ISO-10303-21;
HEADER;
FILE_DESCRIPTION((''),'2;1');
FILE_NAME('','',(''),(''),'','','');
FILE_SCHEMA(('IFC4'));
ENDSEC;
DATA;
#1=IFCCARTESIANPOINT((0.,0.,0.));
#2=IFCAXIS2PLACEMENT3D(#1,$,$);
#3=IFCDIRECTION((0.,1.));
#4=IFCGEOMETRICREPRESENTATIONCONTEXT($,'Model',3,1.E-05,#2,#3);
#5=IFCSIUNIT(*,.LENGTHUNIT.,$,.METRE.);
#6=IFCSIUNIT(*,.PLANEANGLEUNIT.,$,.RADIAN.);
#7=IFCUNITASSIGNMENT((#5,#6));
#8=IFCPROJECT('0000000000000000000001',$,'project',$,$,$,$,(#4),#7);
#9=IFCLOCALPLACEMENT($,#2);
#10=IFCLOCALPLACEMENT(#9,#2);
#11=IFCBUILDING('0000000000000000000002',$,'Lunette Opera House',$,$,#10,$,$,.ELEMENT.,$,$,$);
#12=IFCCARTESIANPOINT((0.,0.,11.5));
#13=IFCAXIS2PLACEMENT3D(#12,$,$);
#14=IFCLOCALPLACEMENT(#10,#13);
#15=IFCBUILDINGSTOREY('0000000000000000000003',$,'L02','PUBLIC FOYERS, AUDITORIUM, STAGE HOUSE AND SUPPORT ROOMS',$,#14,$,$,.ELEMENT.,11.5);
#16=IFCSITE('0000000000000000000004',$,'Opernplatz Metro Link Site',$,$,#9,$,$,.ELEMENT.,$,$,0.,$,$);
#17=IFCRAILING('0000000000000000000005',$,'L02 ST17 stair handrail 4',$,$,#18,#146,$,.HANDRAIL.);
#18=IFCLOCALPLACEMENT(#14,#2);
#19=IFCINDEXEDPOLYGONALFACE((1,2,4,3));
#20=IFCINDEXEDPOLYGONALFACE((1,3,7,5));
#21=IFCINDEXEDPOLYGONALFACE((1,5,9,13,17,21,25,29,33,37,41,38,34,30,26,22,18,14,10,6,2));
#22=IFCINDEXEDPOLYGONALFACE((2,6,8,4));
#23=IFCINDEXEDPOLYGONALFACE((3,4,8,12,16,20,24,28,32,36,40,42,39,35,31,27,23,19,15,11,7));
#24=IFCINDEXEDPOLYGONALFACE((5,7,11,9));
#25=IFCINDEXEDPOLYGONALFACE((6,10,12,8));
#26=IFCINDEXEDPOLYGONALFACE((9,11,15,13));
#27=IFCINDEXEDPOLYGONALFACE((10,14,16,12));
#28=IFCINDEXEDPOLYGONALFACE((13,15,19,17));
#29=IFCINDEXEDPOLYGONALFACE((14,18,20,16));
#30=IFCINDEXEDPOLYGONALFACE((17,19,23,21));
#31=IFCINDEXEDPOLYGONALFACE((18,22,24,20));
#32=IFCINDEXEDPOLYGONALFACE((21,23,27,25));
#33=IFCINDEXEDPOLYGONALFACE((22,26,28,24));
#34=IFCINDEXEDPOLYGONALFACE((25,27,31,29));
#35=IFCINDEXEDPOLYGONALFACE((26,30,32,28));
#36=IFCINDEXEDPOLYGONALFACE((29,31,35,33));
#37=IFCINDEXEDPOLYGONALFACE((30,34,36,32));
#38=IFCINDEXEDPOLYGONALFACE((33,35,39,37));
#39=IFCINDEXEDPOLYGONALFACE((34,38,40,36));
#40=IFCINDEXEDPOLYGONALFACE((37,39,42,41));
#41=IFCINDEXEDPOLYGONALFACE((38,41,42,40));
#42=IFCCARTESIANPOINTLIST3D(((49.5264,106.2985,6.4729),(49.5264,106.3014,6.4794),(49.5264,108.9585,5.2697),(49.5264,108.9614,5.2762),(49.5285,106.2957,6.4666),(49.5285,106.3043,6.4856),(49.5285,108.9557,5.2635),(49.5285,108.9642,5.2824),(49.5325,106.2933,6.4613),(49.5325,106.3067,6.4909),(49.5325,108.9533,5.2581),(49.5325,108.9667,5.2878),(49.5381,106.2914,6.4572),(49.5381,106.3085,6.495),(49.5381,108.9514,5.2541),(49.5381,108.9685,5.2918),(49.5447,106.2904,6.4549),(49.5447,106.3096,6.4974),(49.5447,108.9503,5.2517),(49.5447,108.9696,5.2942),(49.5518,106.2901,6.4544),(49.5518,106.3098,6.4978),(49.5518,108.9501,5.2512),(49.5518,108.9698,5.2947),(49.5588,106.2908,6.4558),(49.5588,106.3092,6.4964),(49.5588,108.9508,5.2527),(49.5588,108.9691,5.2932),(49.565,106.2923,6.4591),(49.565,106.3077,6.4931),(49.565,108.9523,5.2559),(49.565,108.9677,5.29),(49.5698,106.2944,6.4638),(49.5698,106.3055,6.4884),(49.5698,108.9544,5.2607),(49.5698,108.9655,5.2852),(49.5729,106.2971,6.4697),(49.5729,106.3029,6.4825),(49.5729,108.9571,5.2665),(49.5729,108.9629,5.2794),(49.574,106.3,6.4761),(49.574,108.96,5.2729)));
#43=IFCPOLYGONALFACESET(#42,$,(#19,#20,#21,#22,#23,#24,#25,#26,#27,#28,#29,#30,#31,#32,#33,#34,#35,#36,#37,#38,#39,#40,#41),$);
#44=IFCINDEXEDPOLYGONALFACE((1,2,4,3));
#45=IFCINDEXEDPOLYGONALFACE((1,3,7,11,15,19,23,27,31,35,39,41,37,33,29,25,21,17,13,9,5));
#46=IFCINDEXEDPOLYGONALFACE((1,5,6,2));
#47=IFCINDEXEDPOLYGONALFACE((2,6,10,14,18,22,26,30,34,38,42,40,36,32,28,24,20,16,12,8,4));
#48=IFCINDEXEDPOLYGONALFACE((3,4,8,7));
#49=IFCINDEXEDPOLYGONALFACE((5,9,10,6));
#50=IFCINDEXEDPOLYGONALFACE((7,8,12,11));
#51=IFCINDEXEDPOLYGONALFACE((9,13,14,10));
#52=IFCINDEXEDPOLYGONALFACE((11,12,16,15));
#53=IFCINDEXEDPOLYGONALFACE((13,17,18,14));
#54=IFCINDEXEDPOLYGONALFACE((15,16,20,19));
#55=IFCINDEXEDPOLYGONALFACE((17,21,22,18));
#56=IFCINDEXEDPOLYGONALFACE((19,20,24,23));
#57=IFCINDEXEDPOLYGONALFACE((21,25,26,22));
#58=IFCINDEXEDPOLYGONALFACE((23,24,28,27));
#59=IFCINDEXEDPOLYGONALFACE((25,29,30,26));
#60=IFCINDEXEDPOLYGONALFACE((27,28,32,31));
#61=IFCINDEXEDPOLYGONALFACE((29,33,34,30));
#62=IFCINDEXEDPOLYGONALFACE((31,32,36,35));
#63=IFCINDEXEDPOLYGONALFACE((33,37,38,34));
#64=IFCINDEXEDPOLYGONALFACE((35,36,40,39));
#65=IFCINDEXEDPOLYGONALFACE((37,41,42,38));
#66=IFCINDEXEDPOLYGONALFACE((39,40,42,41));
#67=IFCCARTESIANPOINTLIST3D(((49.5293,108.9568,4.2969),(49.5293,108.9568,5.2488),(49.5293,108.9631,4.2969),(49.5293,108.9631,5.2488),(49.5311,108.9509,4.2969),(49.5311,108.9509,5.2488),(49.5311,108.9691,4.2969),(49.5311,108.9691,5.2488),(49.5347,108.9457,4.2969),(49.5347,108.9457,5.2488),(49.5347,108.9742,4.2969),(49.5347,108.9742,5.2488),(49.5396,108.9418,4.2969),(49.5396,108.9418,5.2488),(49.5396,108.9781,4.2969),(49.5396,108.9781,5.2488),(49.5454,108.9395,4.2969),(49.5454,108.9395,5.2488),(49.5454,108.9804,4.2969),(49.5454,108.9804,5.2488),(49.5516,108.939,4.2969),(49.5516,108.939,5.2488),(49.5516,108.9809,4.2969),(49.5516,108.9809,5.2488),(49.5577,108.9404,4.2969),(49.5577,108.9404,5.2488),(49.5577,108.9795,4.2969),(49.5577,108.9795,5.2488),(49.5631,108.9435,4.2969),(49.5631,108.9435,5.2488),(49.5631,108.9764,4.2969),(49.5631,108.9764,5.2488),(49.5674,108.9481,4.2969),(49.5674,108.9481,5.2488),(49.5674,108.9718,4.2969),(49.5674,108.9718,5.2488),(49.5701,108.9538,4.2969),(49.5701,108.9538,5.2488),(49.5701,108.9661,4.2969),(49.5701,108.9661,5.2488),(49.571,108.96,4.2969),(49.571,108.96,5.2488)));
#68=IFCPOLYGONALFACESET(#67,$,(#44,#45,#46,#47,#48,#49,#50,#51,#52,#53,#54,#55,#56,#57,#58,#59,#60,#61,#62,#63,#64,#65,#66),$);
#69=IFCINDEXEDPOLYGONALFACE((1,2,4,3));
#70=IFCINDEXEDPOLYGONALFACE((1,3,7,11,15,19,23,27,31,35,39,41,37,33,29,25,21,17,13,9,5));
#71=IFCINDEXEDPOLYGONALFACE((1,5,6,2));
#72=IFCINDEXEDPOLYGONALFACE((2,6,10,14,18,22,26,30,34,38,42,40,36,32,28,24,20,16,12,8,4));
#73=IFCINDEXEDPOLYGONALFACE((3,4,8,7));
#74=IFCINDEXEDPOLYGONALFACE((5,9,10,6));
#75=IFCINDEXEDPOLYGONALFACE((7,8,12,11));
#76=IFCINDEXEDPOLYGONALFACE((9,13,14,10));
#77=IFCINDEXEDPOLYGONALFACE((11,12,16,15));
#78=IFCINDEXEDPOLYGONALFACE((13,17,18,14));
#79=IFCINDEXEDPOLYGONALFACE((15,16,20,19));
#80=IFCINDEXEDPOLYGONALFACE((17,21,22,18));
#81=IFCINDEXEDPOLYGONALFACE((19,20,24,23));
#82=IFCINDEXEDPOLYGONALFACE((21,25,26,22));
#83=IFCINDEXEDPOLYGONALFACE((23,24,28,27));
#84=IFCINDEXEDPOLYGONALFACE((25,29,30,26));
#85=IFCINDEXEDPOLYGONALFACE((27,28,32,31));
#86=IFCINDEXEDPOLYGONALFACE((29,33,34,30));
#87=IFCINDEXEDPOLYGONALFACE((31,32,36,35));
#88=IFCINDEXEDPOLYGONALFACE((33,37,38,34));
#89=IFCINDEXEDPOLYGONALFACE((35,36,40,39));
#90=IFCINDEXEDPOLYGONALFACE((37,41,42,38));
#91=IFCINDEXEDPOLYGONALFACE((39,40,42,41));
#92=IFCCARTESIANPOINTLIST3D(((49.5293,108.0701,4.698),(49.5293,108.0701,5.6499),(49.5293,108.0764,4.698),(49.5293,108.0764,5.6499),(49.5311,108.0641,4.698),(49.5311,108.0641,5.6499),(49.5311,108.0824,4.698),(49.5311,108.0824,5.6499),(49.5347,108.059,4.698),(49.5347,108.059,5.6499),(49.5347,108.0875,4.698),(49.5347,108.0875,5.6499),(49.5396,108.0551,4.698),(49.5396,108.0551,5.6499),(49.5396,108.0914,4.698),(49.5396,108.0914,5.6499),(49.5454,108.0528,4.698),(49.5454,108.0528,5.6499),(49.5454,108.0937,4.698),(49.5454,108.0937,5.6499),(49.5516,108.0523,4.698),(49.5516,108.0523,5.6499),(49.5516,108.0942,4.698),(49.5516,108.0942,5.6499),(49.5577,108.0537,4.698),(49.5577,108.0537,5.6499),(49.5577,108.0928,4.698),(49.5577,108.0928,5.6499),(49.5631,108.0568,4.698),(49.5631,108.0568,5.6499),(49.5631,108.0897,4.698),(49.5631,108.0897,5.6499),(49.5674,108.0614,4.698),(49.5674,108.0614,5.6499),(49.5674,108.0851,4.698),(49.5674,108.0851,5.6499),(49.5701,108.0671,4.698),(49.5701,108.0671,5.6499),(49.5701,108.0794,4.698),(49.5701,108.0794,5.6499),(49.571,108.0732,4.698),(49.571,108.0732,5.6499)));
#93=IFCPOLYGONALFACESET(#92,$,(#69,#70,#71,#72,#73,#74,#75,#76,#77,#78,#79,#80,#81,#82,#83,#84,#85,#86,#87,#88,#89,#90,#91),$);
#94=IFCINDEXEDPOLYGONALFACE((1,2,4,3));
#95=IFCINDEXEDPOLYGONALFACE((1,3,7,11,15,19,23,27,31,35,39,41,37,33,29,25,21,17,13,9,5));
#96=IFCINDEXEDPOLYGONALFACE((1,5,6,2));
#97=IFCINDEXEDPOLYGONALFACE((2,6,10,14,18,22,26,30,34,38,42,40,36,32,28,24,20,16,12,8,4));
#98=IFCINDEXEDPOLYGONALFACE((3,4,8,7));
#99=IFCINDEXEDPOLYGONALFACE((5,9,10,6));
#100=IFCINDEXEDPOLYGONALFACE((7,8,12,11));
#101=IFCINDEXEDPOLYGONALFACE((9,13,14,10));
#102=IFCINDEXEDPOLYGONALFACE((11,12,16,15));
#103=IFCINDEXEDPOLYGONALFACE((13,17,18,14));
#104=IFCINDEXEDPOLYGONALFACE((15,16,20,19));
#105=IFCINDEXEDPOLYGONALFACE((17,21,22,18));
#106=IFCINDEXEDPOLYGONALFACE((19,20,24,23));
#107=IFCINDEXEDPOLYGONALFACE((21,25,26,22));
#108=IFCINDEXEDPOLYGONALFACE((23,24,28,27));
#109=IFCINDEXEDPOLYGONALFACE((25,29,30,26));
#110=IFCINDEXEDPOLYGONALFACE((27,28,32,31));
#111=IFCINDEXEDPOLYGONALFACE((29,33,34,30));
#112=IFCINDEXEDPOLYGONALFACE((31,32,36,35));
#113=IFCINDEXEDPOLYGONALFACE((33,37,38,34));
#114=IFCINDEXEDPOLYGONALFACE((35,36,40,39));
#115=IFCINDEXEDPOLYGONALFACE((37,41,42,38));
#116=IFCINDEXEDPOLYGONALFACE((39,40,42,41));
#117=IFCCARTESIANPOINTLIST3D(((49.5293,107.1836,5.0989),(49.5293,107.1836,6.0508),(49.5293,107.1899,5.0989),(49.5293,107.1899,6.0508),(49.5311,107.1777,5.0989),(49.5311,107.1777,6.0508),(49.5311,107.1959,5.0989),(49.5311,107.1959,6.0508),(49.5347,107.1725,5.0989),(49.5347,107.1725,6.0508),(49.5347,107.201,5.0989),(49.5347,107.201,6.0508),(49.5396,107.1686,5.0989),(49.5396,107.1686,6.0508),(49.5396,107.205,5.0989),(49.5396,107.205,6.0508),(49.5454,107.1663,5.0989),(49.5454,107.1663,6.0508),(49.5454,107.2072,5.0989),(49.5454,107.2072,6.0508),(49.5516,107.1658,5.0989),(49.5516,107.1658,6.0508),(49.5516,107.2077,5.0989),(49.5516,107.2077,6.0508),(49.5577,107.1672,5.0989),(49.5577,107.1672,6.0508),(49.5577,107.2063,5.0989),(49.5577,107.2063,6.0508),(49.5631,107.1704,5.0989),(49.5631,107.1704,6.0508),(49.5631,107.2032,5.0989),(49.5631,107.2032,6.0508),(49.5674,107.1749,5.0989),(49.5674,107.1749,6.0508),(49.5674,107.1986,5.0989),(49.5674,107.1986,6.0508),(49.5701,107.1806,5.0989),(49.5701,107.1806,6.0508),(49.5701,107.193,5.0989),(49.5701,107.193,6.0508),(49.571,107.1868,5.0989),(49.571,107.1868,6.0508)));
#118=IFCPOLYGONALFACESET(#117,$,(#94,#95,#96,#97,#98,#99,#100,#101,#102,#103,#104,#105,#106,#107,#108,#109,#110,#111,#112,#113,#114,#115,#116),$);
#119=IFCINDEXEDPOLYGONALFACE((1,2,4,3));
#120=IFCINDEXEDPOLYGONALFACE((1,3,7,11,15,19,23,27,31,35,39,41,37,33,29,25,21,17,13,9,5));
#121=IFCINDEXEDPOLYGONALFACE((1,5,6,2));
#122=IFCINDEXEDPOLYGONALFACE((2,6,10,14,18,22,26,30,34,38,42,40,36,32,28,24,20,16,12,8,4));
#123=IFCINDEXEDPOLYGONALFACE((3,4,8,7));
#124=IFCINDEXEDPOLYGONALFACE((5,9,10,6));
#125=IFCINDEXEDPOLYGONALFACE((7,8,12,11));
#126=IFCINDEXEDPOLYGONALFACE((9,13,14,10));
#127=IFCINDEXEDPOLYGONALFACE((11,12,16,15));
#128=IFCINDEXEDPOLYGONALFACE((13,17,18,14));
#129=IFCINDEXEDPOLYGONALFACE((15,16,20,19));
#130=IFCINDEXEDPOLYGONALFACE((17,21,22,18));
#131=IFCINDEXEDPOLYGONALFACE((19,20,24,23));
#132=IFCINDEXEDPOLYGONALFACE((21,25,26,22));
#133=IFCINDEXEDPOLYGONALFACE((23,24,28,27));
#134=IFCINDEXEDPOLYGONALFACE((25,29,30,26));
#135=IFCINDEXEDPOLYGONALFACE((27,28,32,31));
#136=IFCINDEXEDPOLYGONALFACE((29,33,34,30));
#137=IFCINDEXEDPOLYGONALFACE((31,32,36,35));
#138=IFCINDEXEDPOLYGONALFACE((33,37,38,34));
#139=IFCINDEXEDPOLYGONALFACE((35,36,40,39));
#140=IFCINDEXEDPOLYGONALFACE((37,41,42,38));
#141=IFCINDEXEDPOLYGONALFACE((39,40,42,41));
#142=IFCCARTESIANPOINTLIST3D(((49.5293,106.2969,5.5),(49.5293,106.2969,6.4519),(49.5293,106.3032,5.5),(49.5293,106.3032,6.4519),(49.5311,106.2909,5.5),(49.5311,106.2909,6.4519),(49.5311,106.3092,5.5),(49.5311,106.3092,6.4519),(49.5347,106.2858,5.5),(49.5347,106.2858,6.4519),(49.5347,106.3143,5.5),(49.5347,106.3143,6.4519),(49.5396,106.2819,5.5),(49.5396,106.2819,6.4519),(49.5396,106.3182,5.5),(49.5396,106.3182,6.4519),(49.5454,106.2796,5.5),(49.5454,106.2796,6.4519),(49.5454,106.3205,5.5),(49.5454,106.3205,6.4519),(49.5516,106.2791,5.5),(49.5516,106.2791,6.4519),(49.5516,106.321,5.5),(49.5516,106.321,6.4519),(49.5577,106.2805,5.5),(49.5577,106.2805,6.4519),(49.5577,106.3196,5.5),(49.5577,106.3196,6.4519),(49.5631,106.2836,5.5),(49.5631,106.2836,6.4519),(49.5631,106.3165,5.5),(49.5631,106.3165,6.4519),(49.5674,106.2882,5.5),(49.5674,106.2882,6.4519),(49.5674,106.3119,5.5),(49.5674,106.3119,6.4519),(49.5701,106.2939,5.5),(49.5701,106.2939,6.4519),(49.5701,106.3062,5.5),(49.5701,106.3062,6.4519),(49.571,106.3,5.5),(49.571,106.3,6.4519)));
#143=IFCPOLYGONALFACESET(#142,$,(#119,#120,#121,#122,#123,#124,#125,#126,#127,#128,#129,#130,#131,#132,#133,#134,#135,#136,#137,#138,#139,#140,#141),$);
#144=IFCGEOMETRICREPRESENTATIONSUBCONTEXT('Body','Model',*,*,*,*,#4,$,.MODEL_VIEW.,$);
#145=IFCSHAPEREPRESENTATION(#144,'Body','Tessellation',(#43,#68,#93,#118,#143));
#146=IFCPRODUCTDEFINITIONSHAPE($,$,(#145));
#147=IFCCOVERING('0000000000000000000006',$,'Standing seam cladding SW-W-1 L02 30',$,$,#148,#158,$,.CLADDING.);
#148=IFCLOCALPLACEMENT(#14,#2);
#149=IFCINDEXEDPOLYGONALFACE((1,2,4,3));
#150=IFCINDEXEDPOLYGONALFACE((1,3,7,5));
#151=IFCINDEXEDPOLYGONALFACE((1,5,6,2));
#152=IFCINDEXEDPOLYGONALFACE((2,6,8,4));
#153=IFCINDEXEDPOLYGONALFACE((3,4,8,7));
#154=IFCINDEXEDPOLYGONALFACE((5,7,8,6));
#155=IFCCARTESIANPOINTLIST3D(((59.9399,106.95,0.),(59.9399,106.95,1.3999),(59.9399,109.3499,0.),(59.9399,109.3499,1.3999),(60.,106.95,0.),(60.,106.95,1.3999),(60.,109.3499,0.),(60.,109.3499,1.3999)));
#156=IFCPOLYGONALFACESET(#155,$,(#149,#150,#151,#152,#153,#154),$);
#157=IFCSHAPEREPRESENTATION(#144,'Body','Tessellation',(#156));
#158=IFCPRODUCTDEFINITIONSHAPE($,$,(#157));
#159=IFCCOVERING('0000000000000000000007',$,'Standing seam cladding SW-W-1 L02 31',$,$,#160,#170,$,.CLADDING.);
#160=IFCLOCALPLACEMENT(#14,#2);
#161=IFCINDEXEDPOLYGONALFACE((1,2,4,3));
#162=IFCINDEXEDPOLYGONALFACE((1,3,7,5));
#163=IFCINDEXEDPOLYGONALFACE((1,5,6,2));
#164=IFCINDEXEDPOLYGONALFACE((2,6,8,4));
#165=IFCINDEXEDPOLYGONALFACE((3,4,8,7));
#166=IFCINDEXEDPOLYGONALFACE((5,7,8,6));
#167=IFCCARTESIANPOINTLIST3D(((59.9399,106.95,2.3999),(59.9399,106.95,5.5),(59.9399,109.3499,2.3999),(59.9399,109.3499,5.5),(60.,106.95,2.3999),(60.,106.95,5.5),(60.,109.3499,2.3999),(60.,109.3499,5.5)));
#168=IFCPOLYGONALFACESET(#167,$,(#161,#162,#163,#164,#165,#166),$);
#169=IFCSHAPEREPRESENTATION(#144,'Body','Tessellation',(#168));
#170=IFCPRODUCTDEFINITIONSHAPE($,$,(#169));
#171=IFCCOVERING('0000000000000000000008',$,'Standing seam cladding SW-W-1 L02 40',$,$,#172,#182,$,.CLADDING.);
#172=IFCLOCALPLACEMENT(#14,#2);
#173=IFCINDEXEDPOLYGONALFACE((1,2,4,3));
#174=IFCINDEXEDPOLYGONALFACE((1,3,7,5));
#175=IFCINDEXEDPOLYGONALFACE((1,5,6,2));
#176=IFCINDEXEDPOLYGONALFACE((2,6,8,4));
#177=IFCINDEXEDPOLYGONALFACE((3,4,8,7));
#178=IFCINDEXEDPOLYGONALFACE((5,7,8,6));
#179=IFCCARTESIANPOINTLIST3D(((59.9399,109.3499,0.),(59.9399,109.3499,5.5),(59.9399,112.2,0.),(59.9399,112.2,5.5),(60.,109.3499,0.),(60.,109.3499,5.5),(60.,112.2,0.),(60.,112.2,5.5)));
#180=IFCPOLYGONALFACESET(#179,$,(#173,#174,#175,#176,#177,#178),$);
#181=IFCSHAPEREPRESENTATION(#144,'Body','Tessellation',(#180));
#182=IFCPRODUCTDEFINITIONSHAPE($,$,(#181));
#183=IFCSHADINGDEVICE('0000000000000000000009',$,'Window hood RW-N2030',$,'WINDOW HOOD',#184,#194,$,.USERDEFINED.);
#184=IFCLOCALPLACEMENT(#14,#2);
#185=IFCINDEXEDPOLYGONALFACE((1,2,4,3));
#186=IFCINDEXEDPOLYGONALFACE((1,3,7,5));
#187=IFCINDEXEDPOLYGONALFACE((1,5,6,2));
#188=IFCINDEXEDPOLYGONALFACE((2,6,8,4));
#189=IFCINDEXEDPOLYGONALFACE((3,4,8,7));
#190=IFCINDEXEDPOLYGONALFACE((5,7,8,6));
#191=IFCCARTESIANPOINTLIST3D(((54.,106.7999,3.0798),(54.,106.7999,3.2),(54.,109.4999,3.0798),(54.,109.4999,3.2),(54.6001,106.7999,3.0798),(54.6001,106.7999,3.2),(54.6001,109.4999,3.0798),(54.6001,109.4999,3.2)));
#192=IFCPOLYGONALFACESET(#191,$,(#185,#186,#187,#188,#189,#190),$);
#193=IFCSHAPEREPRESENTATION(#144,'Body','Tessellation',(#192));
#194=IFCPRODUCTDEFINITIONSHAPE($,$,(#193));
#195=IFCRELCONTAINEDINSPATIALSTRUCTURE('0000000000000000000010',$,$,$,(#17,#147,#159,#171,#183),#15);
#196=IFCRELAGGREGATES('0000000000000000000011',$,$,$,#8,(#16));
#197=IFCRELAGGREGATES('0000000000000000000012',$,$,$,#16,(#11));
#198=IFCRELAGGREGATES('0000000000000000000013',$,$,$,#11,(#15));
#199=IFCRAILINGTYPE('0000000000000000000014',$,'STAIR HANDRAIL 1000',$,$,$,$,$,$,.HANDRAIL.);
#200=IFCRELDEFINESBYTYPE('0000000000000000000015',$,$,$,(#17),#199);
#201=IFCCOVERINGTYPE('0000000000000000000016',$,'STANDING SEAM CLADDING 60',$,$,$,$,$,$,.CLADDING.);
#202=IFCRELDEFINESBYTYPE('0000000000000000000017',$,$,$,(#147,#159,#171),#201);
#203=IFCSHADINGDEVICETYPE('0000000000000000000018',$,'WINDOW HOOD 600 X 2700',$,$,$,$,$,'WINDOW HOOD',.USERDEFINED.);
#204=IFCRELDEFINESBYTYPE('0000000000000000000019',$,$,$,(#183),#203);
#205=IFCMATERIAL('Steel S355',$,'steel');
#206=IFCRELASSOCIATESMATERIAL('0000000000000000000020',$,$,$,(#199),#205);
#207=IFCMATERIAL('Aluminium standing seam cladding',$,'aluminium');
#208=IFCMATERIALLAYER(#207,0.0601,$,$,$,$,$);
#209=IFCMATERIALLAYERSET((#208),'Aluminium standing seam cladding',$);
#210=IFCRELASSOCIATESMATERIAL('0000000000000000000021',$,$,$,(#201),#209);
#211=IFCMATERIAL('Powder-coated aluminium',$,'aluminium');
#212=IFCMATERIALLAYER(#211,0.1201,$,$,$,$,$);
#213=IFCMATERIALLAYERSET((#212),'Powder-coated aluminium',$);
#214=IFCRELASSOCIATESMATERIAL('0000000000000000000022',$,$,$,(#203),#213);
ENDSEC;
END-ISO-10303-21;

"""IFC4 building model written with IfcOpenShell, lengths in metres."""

from ifc_helpers import new_model, si_unit, direction, frame, origin, origin_2d, place, context, subcontext, project, spatial, rectangle, circle, extrude, material, layer, layer_set, type_object, element, save


model = new_model("IFC4")

# Units and contexts
model_context = context("Model", 3, precision=1e-05, world=origin(), true_north=direction((0.0, 1.0)))
body_context = subcontext(model_context, "Body", "Model", "MODEL_VIEW")
ifc_project = project(units=[si_unit("LENGTHUNIT", "METRE"), si_unit("PLANEANGLEUNIT", "RADIAN")], contexts=[model_context])

# Site, building, storey
site_placement = place(None, origin())
site = spatial("IfcSite", under=ifc_project, at=site_placement, Name="Opernplatz Metro Link Site", CompositionType="ELEMENT", RefElevation=0.0)
building_placement = place(site_placement, origin())
building = spatial("IfcBuilding", under=site, at=building_placement, Name="Lunette Opera House", CompositionType="ELEMENT")
storey_placement = place(building_placement, frame((0.0, 0.0, 11.5)))
storey = spatial("IfcBuildingStorey", under=building, at=storey_placement, Name="L02", Description="PUBLIC FOYERS, AUDITORIUM, STAGE HOUSE AND SUPPORT ROOMS", CompositionType="ELEMENT", Elevation=11.5)

# Railing
ifc_material_1 = material(Name="Steel S355", Category="steel")
railing_type_1 = type_object("IfcRailingType", Name="STAIR HANDRAIL 1000", PredefinedType="HANDRAIL", material=ifc_material_1)
railing_1_placement = place(storey_placement, frame((49.55, 108.96, 4.2969)))
element("IfcRailing", 1, at=railing_1_placement, inside=storey, type_object=railing_type_1, Name="L02 ST17 stair handrail 4", PredefinedType="HANDRAIL", context=body_context, shape_type="SweptSolid", body=[
    extrude(circle(Radius=0.0239, at=origin_2d()), frame((0.0, 0.0, 0.9761), z_axis=(0.0, -0.91113, 0.41212), x_axis=(1.0, 0.0, 0.0)), (0.0, 0.0, 1.0), 2.9194),
    extrude(circle(Radius=0.021, at=origin_2d()), origin(), (0.0, 0.0, 1.0), 0.9519),
    extrude(circle(Radius=0.021, at=origin_2d()), frame((0.0, -0.8867, 0.4011)), (0.0, 0.0, 1.0), 0.9519),
    extrude(circle(Radius=0.021, at=origin_2d()), frame((0.0, -1.7732, 0.802)), (0.0, 0.0, 1.0), 0.9519),
    extrude(circle(Radius=0.021, at=origin_2d()), frame((0.0, -2.6599, 1.2031)), (0.0, 0.0, 1.0), 0.9519),
])

# Coverings
ifc_material_2 = material(Name="Aluminium standing seam cladding", Category="aluminium")
ifc_layer_1 = layer(ifc_material_2, 0.0601)
ifc_layer_set_1 = layer_set([ifc_layer_1], Name="Aluminium standing seam cladding")
covering_type = type_object("IfcCoveringType", Name="STANDING SEAM CLADDING 60", PredefinedType="CLADDING", material=ifc_layer_set_1)
covering_1_placement = place(storey_placement, frame((59.97, 108.1499, 0.0), z_axis=(0.0, 0.0, 1.0), x_axis=(0.0, 1.0, 0.0)))
element("IfcCovering", 2, at=covering_1_placement, inside=storey, type_object=covering_type, Name="Standing seam cladding SW-W-1 L02 30", PredefinedType="CLADDING", context=body_context, shape_type="SweptSolid", body=[
    extrude(rectangle(XDim=2.3999, YDim=0.0601, at=origin_2d()), origin(), (0.0, 0.0, 1.0), 1.3999),
])
covering_2_placement = place(storey_placement, frame((59.97, 108.1499, 2.3999), z_axis=(0.0, 0.0, 1.0), x_axis=(0.0, 1.0, 0.0)))
element("IfcCovering", 3, at=covering_2_placement, inside=storey, type_object=covering_type, Name="Standing seam cladding SW-W-1 L02 31", PredefinedType="CLADDING", context=body_context, shape_type="SweptSolid", body=[
    extrude(rectangle(XDim=2.3999, YDim=0.0601, at=origin_2d()), origin(), (0.0, 0.0, 1.0), 3.1001),
])
covering_3_placement = place(storey_placement, frame((59.97, 110.7749, 0.0), z_axis=(0.0, 0.0, 1.0), x_axis=(0.0, 1.0, 0.0)))
element("IfcCovering", 4, at=covering_3_placement, inside=storey, type_object=covering_type, Name="Standing seam cladding SW-W-1 L02 40", PredefinedType="CLADDING", context=body_context, shape_type="SweptSolid", body=[
    extrude(rectangle(XDim=2.8501, YDim=0.0601, at=origin_2d()), origin(), (0.0, 0.0, 1.0), 5.5),
])

# Shading device
ifc_material_3 = material(Name="Powder-coated aluminium", Category="aluminium")
ifc_layer_2 = layer(ifc_material_3, 0.1201)
ifc_layer_set_2 = layer_set([ifc_layer_2], Name="Powder-coated aluminium")
shading_device_type = type_object("IfcShadingDeviceType", Name="WINDOW HOOD 600 X 2700", ElementType="WINDOW HOOD", PredefinedType="USERDEFINED", material=ifc_layer_set_2)
shading_device_placement = place(storey_placement, frame((54.3, 108.1499, 3.0798), z_axis=(0.0, 0.0, 1.0), x_axis=(1.0, 0.0, 0.0)))
element("IfcShadingDevice", 5, at=shading_device_placement, inside=storey, type_object=shading_device_type, Name="Window hood RW-N2030", ObjectType="WINDOW HOOD", PredefinedType="USERDEFINED", context=body_context, shape_type="SweptSolid", body=[
    extrude(rectangle(XDim=0.6001, YDim=2.7, at=origin_2d()), origin(), (0.0, 0.0, 1.0), 0.1201),
])

save(model, "model.ifc")
